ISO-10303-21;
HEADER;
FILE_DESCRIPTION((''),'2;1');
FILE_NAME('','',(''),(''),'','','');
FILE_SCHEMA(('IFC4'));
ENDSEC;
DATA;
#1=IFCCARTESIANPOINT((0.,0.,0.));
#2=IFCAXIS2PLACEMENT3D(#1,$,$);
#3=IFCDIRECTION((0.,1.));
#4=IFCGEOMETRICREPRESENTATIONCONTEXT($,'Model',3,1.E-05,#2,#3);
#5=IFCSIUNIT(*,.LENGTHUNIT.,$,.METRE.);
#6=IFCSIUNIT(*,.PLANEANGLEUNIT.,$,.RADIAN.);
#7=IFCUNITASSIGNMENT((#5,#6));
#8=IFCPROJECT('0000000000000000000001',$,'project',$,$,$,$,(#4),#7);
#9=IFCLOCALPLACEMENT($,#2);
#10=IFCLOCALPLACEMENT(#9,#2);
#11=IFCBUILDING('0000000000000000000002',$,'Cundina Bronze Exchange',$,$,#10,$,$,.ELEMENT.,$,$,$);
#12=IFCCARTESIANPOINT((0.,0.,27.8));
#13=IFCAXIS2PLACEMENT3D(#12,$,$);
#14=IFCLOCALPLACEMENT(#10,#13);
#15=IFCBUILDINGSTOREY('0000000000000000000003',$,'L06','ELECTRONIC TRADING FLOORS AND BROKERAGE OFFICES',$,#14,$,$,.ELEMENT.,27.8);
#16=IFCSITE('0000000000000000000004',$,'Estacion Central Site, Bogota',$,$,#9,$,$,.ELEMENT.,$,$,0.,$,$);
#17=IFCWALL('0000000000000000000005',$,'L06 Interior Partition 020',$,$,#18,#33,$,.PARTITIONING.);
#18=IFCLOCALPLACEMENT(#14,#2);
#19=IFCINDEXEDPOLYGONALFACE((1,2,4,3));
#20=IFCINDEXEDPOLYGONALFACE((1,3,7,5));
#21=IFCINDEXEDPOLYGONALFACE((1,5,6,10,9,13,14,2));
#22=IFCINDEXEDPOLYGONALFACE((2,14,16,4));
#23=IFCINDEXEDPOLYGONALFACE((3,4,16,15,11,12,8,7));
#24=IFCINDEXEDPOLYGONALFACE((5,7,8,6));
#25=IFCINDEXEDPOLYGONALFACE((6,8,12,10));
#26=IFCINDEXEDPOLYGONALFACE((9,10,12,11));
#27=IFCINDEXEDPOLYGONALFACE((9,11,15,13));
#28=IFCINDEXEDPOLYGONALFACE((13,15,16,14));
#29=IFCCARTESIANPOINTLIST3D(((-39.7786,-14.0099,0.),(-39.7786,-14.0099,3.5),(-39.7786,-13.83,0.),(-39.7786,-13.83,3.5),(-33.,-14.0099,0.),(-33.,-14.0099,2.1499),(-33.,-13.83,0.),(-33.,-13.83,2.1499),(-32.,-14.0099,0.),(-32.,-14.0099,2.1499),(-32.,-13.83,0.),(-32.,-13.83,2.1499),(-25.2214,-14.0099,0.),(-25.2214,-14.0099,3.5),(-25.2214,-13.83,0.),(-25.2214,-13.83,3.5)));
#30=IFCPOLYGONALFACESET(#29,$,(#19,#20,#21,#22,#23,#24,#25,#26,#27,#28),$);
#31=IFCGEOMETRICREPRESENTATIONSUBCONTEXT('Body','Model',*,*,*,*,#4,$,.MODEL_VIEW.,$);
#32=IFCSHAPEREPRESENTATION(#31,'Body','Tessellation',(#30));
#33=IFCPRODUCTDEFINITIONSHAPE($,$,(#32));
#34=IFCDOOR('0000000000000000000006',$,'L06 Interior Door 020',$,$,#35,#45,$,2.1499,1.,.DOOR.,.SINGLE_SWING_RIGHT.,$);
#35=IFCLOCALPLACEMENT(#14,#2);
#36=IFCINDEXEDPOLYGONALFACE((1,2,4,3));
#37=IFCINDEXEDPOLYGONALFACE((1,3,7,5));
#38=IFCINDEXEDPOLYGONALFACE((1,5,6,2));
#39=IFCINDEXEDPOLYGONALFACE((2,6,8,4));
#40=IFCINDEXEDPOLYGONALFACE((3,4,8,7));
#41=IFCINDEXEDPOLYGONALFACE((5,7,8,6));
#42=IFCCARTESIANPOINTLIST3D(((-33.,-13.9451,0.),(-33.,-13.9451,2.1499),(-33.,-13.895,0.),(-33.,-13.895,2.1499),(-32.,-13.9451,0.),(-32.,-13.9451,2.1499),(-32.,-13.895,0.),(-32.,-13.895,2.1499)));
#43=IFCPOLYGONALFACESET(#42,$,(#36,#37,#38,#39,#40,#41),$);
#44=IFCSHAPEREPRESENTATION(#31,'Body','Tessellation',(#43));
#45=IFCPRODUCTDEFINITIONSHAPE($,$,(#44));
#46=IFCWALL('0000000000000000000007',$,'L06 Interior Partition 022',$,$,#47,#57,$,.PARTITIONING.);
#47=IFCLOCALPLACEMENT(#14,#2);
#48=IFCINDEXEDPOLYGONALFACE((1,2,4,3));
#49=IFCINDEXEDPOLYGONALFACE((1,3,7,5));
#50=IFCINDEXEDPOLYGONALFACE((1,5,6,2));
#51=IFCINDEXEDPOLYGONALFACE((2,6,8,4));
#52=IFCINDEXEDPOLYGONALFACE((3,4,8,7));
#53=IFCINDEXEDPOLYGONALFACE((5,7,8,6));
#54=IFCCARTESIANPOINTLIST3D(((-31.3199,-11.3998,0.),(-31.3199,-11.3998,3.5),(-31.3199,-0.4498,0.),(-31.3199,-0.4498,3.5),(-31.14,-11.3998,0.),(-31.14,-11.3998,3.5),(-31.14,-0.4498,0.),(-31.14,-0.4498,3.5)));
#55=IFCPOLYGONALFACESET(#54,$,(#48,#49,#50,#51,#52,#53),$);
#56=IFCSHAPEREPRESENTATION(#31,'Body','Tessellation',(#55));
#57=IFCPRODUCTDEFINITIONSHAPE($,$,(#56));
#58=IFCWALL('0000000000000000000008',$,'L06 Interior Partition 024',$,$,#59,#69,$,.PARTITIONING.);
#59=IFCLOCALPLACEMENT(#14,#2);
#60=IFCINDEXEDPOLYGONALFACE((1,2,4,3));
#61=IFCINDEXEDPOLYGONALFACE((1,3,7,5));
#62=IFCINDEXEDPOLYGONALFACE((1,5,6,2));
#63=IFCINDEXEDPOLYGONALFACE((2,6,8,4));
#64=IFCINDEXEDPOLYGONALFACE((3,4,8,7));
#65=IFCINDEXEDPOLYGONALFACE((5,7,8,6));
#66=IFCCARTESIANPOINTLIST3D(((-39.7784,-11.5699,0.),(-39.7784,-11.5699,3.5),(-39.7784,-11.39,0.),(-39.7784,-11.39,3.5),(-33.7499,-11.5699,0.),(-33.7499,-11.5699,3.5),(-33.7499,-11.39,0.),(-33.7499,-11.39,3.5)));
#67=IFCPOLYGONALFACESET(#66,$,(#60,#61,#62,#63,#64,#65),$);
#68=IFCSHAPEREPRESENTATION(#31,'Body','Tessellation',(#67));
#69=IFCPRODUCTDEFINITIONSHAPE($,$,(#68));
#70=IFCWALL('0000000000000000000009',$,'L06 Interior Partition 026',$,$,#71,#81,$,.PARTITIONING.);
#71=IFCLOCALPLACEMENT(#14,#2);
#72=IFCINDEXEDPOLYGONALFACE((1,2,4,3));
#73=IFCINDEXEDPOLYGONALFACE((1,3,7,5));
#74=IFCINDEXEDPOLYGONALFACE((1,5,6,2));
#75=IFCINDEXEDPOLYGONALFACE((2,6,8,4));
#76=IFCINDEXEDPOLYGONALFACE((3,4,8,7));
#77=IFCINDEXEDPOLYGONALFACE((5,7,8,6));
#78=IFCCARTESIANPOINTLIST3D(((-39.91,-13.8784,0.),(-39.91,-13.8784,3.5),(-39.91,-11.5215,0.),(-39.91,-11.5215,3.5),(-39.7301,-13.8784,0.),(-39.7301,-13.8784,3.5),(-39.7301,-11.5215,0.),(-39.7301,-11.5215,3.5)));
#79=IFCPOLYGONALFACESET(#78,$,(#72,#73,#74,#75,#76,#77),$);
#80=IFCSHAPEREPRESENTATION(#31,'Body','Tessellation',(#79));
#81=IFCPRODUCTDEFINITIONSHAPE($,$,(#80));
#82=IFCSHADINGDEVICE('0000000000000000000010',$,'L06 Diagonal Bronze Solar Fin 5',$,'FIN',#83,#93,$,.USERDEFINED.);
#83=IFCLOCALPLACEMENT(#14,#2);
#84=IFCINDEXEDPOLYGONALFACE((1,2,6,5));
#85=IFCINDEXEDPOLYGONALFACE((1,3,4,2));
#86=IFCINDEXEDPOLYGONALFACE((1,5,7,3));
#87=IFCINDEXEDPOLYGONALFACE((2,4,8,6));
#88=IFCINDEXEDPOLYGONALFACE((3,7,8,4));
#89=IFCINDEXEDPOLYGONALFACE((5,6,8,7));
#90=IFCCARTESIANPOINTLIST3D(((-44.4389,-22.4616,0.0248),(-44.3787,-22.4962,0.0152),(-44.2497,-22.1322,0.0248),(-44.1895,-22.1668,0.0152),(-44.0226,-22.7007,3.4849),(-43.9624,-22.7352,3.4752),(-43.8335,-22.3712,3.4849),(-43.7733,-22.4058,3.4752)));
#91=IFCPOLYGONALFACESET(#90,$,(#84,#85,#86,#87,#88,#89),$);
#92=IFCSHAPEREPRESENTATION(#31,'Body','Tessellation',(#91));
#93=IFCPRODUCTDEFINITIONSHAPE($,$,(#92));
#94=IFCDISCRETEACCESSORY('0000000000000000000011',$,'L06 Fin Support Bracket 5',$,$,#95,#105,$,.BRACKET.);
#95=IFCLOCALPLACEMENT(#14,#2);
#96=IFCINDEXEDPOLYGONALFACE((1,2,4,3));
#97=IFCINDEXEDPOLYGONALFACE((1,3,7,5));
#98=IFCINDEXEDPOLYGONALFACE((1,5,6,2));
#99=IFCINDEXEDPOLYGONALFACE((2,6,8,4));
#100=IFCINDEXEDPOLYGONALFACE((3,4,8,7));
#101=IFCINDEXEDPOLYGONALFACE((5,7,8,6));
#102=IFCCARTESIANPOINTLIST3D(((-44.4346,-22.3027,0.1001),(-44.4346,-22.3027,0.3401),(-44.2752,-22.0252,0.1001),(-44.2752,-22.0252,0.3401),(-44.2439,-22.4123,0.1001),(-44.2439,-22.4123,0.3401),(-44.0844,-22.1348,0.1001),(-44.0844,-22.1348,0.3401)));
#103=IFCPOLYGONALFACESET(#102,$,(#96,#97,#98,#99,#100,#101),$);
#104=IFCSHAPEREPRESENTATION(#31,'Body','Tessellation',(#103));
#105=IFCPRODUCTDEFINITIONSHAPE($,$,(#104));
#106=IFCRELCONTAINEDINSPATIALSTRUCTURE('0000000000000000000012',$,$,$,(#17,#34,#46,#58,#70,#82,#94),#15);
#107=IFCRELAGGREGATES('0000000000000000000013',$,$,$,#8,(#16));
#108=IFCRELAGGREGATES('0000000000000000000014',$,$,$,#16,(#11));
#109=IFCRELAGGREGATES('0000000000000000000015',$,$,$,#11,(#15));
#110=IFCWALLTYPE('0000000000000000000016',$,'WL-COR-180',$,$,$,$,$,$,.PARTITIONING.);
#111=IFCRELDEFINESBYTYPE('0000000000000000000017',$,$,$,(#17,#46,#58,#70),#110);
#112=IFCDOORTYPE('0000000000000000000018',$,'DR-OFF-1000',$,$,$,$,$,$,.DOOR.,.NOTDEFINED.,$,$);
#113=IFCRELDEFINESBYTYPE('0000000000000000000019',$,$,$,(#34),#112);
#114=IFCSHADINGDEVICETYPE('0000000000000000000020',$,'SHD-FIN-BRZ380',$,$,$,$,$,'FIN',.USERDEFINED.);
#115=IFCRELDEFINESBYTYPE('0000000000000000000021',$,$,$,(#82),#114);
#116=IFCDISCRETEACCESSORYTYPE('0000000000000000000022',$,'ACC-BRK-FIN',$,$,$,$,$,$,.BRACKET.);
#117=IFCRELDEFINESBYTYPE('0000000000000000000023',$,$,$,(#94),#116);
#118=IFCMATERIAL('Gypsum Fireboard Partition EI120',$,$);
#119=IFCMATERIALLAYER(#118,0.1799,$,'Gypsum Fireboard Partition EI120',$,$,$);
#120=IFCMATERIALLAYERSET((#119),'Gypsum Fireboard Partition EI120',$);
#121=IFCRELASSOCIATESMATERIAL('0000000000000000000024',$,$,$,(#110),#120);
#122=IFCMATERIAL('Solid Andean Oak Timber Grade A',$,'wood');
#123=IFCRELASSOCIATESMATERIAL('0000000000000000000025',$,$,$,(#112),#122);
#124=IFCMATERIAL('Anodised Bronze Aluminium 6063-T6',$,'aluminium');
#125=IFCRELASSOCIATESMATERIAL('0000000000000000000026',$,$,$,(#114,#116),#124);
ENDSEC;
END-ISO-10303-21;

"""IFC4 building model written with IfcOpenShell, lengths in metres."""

from ifc_helpers import new_model, si_unit, direction, frame, frame_2d, origin, origin_2d, place, context, subcontext, project, spatial, rectangle, extrude, material, layer, layer_set, material_profile, profile_set, type_object, element, fill, save


model = new_model("IFC4")

# Units and contexts
model_context = context("Model", 3, precision=1e-05, world=origin(), true_north=direction((0.0, 1.0)))
body_context = subcontext(model_context, "Body", "Model", "MODEL_VIEW")
ifc_project = project(units=[si_unit("LENGTHUNIT", "METRE"), si_unit("PLANEANGLEUNIT", "RADIAN")], contexts=[model_context])

# Site, building, storey
site_placement = place(None, origin())
site = spatial("IfcSite", under=ifc_project, at=site_placement, Name="Estacion Central Site, Bogota", CompositionType="ELEMENT", RefElevation=0.0)
building_placement = place(site_placement, origin())
building = spatial("IfcBuilding", under=site, at=building_placement, Name="Cundina Bronze Exchange", CompositionType="ELEMENT")
storey_placement = place(building_placement, frame((0.0, 0.0, 27.8)))
storey = spatial("IfcBuildingStorey", under=building, at=storey_placement, Name="L06", Description="ELECTRONIC TRADING FLOORS AND BROKERAGE OFFICES", CompositionType="ELEMENT", Elevation=27.8)

# Shared definitions
ifc_material_1 = material(Name="Anodised Bronze Aluminium 6063-T6", Category="aluminium")

# Wall, opening, door
ifc_material_2 = material(Name="Gypsum Fireboard Partition EI120")
ifc_layer_1 = layer(ifc_material_2, 0.1799, Name="Gypsum Fireboard Partition EI120")
ifc_layer_set_1 = layer_set([ifc_layer_1], Name="Gypsum Fireboard Partition EI120")
wall_type = type_object("IfcWallType", Name="WL-COR-180", PredefinedType="PARTITIONING", material=ifc_layer_set_1)
wall_1_placement = place(storey_placement, frame((-39.7786, -13.9199, 0.0), z_axis=(0.0, 0.0, 1.0), x_axis=(1.0, 0.0, 0.0)))
wall_1 = element("IfcWall", 1, at=wall_1_placement, inside=storey, type_object=wall_type, Name="L06 Interior Partition 020", PredefinedType="PARTITIONING", context=body_context, shape_type="SweptSolid", body=[
    extrude(rectangle(XDim=14.5571, YDim=0.1799, at=frame_2d((7.2786, 0.0))), origin(), (0.0, 0.0, 1.0), 3.5),
])
opening_placement = place(wall_1_placement, frame((6.7786, 0.0, 0.0)))
opening = element("IfcOpeningElement", 2, at=opening_placement, cuts=wall_1, PredefinedType="OPENING", context=body_context, shape_type="SweptSolid", body=[
    extrude(rectangle(XDim=1.0, YDim=2.1499, at=frame_2d((0.5, 1.075))), frame((0.0, 0.0999, 0.0), z_axis=(0.0, -1.0, 0.0), x_axis=(1.0, 0.0, 0.0)), (0.0, 0.0, 1.0), 0.2),
])
ifc_material_3 = material(Name="Solid Andean Oak Timber Grade A", Category="wood")
door_type = type_object("IfcDoorType", Name="DR-OFF-1000", OperationType="NOTDEFINED", PredefinedType="DOOR", material=ifc_material_3)
door_placement = place(opening_placement, origin())
door = element("IfcDoor", 3, at=door_placement, inside=storey, type_object=door_type, Name="L06 Interior Door 020", OperationType="SINGLE_SWING_RIGHT", OverallHeight=2.1499, OverallWidth=1.0, PredefinedType="DOOR", context=body_context, shape_type="SweptSolid", body=[
    extrude(rectangle(XDim=1.0, YDim=2.1499, at=frame_2d((0.5, 1.075))), frame((0.0, 0.0249, 0.0), z_axis=(0.0, -1.0, 0.0), x_axis=(1.0, 0.0, 0.0)), (0.0, 0.0, 1.0), 0.05),
])
fill(opening, door)

# Walls
wall_2_placement = place(storey_placement, frame((-31.23, -11.3999, 0.0), z_axis=(0.0, 0.0, 1.0), x_axis=(0.0, 1.0, 0.0)))
element("IfcWall", 4, at=wall_2_placement, inside=storey, type_object=wall_type, Name="L06 Interior Partition 022", PredefinedType="PARTITIONING", context=body_context, shape_type="SweptSolid", body=[
    extrude(rectangle(XDim=10.95, YDim=0.1799, at=frame_2d((5.4751, 0.0))), origin(), (0.0, 0.0, 1.0), 3.5),
])
wall_3_placement = place(storey_placement, frame((-33.75, -11.48, 0.0), z_axis=(0.0, 0.0, 1.0), x_axis=(-1.0, 0.0, 0.0)))
element("IfcWall", 5, at=wall_3_placement, inside=storey, type_object=wall_type, Name="L06 Interior Partition 024", PredefinedType="PARTITIONING", context=body_context, shape_type="SweptSolid", body=[
    extrude(rectangle(XDim=6.0286, YDim=0.1799, at=frame_2d((3.0142, 0.0))), origin(), (0.0, 0.0, 1.0), 3.5),
])
wall_4_placement = place(storey_placement, frame((-39.8201, -11.5215, 0.0), z_axis=(0.0, 0.0, 1.0), x_axis=(0.0, -1.0, 0.0)))
element("IfcWall", 6, at=wall_4_placement, inside=storey, type_object=wall_type, Name="L06 Interior Partition 026", PredefinedType="PARTITIONING", context=body_context, shape_type="SweptSolid", body=[
    extrude(rectangle(XDim=2.3569, YDim=0.1799, at=frame_2d((1.1785, 0.0))), origin(), (0.0, 0.0, 1.0), 3.5),
])

# Shading device
ifc_material_profile_1 = material_profile(ifc_material_1, rectangle(XDim=0.0701, YDim=0.3799, at=origin_2d()), Name="FIN70X380", Category="aluminium")
ifc_profile_set_1 = profile_set([ifc_material_profile_1], Name="Anodised Bronze Aluminium 6063-T6")
shading_device_type = type_object("IfcShadingDeviceType", Name="SHD-FIN-BRZ380", ElementType="FIN", PredefinedType="USERDEFINED", material=ifc_profile_set_1)
shading_device_placement = place(storey_placement, frame((-44.3142, -22.3142, 0.02), z_axis=(0.119166, -0.068425, 0.990514), x_axis=(-0.858982, 0.493222, 0.137414)))
element("IfcShadingDevice", 7, at=shading_device_placement, inside=storey, type_object=shading_device_type, Name="L06 Diagonal Bronze Solar Fin 5", ObjectType="FIN", PredefinedType="USERDEFINED", context=body_context, shape_type="SweptSolid", body=[
    extrude(rectangle(XDim=0.0701, YDim=0.3799, at=origin_2d()), origin(), (0.0, 0.0, 1.0), 3.4932),
])

# Discrete accessory
discrete_accessory_type = type_object("IfcDiscreteAccessoryType", Name="ACC-BRK-FIN", PredefinedType="BRACKET", material=ifc_material_1)
discrete_accessory_placement = place(storey_placement, frame((-44.2595, -22.2188, 0.1001), z_axis=(0.0, 0.0, 1.0), x_axis=(0.867105, -0.498125, 0.0)))
element("IfcDiscreteAccessory", 8, at=discrete_accessory_placement, inside=storey, type_object=discrete_accessory_type, Name="L06 Fin Support Bracket 5", PredefinedType="BRACKET", context=body_context, shape_type="SweptSolid", body=[
    extrude(rectangle(XDim=0.22, YDim=0.3201, at=origin_2d()), origin(), (0.0, 0.0, 1.0), 0.24),
])

save(model, "model.ifc")
